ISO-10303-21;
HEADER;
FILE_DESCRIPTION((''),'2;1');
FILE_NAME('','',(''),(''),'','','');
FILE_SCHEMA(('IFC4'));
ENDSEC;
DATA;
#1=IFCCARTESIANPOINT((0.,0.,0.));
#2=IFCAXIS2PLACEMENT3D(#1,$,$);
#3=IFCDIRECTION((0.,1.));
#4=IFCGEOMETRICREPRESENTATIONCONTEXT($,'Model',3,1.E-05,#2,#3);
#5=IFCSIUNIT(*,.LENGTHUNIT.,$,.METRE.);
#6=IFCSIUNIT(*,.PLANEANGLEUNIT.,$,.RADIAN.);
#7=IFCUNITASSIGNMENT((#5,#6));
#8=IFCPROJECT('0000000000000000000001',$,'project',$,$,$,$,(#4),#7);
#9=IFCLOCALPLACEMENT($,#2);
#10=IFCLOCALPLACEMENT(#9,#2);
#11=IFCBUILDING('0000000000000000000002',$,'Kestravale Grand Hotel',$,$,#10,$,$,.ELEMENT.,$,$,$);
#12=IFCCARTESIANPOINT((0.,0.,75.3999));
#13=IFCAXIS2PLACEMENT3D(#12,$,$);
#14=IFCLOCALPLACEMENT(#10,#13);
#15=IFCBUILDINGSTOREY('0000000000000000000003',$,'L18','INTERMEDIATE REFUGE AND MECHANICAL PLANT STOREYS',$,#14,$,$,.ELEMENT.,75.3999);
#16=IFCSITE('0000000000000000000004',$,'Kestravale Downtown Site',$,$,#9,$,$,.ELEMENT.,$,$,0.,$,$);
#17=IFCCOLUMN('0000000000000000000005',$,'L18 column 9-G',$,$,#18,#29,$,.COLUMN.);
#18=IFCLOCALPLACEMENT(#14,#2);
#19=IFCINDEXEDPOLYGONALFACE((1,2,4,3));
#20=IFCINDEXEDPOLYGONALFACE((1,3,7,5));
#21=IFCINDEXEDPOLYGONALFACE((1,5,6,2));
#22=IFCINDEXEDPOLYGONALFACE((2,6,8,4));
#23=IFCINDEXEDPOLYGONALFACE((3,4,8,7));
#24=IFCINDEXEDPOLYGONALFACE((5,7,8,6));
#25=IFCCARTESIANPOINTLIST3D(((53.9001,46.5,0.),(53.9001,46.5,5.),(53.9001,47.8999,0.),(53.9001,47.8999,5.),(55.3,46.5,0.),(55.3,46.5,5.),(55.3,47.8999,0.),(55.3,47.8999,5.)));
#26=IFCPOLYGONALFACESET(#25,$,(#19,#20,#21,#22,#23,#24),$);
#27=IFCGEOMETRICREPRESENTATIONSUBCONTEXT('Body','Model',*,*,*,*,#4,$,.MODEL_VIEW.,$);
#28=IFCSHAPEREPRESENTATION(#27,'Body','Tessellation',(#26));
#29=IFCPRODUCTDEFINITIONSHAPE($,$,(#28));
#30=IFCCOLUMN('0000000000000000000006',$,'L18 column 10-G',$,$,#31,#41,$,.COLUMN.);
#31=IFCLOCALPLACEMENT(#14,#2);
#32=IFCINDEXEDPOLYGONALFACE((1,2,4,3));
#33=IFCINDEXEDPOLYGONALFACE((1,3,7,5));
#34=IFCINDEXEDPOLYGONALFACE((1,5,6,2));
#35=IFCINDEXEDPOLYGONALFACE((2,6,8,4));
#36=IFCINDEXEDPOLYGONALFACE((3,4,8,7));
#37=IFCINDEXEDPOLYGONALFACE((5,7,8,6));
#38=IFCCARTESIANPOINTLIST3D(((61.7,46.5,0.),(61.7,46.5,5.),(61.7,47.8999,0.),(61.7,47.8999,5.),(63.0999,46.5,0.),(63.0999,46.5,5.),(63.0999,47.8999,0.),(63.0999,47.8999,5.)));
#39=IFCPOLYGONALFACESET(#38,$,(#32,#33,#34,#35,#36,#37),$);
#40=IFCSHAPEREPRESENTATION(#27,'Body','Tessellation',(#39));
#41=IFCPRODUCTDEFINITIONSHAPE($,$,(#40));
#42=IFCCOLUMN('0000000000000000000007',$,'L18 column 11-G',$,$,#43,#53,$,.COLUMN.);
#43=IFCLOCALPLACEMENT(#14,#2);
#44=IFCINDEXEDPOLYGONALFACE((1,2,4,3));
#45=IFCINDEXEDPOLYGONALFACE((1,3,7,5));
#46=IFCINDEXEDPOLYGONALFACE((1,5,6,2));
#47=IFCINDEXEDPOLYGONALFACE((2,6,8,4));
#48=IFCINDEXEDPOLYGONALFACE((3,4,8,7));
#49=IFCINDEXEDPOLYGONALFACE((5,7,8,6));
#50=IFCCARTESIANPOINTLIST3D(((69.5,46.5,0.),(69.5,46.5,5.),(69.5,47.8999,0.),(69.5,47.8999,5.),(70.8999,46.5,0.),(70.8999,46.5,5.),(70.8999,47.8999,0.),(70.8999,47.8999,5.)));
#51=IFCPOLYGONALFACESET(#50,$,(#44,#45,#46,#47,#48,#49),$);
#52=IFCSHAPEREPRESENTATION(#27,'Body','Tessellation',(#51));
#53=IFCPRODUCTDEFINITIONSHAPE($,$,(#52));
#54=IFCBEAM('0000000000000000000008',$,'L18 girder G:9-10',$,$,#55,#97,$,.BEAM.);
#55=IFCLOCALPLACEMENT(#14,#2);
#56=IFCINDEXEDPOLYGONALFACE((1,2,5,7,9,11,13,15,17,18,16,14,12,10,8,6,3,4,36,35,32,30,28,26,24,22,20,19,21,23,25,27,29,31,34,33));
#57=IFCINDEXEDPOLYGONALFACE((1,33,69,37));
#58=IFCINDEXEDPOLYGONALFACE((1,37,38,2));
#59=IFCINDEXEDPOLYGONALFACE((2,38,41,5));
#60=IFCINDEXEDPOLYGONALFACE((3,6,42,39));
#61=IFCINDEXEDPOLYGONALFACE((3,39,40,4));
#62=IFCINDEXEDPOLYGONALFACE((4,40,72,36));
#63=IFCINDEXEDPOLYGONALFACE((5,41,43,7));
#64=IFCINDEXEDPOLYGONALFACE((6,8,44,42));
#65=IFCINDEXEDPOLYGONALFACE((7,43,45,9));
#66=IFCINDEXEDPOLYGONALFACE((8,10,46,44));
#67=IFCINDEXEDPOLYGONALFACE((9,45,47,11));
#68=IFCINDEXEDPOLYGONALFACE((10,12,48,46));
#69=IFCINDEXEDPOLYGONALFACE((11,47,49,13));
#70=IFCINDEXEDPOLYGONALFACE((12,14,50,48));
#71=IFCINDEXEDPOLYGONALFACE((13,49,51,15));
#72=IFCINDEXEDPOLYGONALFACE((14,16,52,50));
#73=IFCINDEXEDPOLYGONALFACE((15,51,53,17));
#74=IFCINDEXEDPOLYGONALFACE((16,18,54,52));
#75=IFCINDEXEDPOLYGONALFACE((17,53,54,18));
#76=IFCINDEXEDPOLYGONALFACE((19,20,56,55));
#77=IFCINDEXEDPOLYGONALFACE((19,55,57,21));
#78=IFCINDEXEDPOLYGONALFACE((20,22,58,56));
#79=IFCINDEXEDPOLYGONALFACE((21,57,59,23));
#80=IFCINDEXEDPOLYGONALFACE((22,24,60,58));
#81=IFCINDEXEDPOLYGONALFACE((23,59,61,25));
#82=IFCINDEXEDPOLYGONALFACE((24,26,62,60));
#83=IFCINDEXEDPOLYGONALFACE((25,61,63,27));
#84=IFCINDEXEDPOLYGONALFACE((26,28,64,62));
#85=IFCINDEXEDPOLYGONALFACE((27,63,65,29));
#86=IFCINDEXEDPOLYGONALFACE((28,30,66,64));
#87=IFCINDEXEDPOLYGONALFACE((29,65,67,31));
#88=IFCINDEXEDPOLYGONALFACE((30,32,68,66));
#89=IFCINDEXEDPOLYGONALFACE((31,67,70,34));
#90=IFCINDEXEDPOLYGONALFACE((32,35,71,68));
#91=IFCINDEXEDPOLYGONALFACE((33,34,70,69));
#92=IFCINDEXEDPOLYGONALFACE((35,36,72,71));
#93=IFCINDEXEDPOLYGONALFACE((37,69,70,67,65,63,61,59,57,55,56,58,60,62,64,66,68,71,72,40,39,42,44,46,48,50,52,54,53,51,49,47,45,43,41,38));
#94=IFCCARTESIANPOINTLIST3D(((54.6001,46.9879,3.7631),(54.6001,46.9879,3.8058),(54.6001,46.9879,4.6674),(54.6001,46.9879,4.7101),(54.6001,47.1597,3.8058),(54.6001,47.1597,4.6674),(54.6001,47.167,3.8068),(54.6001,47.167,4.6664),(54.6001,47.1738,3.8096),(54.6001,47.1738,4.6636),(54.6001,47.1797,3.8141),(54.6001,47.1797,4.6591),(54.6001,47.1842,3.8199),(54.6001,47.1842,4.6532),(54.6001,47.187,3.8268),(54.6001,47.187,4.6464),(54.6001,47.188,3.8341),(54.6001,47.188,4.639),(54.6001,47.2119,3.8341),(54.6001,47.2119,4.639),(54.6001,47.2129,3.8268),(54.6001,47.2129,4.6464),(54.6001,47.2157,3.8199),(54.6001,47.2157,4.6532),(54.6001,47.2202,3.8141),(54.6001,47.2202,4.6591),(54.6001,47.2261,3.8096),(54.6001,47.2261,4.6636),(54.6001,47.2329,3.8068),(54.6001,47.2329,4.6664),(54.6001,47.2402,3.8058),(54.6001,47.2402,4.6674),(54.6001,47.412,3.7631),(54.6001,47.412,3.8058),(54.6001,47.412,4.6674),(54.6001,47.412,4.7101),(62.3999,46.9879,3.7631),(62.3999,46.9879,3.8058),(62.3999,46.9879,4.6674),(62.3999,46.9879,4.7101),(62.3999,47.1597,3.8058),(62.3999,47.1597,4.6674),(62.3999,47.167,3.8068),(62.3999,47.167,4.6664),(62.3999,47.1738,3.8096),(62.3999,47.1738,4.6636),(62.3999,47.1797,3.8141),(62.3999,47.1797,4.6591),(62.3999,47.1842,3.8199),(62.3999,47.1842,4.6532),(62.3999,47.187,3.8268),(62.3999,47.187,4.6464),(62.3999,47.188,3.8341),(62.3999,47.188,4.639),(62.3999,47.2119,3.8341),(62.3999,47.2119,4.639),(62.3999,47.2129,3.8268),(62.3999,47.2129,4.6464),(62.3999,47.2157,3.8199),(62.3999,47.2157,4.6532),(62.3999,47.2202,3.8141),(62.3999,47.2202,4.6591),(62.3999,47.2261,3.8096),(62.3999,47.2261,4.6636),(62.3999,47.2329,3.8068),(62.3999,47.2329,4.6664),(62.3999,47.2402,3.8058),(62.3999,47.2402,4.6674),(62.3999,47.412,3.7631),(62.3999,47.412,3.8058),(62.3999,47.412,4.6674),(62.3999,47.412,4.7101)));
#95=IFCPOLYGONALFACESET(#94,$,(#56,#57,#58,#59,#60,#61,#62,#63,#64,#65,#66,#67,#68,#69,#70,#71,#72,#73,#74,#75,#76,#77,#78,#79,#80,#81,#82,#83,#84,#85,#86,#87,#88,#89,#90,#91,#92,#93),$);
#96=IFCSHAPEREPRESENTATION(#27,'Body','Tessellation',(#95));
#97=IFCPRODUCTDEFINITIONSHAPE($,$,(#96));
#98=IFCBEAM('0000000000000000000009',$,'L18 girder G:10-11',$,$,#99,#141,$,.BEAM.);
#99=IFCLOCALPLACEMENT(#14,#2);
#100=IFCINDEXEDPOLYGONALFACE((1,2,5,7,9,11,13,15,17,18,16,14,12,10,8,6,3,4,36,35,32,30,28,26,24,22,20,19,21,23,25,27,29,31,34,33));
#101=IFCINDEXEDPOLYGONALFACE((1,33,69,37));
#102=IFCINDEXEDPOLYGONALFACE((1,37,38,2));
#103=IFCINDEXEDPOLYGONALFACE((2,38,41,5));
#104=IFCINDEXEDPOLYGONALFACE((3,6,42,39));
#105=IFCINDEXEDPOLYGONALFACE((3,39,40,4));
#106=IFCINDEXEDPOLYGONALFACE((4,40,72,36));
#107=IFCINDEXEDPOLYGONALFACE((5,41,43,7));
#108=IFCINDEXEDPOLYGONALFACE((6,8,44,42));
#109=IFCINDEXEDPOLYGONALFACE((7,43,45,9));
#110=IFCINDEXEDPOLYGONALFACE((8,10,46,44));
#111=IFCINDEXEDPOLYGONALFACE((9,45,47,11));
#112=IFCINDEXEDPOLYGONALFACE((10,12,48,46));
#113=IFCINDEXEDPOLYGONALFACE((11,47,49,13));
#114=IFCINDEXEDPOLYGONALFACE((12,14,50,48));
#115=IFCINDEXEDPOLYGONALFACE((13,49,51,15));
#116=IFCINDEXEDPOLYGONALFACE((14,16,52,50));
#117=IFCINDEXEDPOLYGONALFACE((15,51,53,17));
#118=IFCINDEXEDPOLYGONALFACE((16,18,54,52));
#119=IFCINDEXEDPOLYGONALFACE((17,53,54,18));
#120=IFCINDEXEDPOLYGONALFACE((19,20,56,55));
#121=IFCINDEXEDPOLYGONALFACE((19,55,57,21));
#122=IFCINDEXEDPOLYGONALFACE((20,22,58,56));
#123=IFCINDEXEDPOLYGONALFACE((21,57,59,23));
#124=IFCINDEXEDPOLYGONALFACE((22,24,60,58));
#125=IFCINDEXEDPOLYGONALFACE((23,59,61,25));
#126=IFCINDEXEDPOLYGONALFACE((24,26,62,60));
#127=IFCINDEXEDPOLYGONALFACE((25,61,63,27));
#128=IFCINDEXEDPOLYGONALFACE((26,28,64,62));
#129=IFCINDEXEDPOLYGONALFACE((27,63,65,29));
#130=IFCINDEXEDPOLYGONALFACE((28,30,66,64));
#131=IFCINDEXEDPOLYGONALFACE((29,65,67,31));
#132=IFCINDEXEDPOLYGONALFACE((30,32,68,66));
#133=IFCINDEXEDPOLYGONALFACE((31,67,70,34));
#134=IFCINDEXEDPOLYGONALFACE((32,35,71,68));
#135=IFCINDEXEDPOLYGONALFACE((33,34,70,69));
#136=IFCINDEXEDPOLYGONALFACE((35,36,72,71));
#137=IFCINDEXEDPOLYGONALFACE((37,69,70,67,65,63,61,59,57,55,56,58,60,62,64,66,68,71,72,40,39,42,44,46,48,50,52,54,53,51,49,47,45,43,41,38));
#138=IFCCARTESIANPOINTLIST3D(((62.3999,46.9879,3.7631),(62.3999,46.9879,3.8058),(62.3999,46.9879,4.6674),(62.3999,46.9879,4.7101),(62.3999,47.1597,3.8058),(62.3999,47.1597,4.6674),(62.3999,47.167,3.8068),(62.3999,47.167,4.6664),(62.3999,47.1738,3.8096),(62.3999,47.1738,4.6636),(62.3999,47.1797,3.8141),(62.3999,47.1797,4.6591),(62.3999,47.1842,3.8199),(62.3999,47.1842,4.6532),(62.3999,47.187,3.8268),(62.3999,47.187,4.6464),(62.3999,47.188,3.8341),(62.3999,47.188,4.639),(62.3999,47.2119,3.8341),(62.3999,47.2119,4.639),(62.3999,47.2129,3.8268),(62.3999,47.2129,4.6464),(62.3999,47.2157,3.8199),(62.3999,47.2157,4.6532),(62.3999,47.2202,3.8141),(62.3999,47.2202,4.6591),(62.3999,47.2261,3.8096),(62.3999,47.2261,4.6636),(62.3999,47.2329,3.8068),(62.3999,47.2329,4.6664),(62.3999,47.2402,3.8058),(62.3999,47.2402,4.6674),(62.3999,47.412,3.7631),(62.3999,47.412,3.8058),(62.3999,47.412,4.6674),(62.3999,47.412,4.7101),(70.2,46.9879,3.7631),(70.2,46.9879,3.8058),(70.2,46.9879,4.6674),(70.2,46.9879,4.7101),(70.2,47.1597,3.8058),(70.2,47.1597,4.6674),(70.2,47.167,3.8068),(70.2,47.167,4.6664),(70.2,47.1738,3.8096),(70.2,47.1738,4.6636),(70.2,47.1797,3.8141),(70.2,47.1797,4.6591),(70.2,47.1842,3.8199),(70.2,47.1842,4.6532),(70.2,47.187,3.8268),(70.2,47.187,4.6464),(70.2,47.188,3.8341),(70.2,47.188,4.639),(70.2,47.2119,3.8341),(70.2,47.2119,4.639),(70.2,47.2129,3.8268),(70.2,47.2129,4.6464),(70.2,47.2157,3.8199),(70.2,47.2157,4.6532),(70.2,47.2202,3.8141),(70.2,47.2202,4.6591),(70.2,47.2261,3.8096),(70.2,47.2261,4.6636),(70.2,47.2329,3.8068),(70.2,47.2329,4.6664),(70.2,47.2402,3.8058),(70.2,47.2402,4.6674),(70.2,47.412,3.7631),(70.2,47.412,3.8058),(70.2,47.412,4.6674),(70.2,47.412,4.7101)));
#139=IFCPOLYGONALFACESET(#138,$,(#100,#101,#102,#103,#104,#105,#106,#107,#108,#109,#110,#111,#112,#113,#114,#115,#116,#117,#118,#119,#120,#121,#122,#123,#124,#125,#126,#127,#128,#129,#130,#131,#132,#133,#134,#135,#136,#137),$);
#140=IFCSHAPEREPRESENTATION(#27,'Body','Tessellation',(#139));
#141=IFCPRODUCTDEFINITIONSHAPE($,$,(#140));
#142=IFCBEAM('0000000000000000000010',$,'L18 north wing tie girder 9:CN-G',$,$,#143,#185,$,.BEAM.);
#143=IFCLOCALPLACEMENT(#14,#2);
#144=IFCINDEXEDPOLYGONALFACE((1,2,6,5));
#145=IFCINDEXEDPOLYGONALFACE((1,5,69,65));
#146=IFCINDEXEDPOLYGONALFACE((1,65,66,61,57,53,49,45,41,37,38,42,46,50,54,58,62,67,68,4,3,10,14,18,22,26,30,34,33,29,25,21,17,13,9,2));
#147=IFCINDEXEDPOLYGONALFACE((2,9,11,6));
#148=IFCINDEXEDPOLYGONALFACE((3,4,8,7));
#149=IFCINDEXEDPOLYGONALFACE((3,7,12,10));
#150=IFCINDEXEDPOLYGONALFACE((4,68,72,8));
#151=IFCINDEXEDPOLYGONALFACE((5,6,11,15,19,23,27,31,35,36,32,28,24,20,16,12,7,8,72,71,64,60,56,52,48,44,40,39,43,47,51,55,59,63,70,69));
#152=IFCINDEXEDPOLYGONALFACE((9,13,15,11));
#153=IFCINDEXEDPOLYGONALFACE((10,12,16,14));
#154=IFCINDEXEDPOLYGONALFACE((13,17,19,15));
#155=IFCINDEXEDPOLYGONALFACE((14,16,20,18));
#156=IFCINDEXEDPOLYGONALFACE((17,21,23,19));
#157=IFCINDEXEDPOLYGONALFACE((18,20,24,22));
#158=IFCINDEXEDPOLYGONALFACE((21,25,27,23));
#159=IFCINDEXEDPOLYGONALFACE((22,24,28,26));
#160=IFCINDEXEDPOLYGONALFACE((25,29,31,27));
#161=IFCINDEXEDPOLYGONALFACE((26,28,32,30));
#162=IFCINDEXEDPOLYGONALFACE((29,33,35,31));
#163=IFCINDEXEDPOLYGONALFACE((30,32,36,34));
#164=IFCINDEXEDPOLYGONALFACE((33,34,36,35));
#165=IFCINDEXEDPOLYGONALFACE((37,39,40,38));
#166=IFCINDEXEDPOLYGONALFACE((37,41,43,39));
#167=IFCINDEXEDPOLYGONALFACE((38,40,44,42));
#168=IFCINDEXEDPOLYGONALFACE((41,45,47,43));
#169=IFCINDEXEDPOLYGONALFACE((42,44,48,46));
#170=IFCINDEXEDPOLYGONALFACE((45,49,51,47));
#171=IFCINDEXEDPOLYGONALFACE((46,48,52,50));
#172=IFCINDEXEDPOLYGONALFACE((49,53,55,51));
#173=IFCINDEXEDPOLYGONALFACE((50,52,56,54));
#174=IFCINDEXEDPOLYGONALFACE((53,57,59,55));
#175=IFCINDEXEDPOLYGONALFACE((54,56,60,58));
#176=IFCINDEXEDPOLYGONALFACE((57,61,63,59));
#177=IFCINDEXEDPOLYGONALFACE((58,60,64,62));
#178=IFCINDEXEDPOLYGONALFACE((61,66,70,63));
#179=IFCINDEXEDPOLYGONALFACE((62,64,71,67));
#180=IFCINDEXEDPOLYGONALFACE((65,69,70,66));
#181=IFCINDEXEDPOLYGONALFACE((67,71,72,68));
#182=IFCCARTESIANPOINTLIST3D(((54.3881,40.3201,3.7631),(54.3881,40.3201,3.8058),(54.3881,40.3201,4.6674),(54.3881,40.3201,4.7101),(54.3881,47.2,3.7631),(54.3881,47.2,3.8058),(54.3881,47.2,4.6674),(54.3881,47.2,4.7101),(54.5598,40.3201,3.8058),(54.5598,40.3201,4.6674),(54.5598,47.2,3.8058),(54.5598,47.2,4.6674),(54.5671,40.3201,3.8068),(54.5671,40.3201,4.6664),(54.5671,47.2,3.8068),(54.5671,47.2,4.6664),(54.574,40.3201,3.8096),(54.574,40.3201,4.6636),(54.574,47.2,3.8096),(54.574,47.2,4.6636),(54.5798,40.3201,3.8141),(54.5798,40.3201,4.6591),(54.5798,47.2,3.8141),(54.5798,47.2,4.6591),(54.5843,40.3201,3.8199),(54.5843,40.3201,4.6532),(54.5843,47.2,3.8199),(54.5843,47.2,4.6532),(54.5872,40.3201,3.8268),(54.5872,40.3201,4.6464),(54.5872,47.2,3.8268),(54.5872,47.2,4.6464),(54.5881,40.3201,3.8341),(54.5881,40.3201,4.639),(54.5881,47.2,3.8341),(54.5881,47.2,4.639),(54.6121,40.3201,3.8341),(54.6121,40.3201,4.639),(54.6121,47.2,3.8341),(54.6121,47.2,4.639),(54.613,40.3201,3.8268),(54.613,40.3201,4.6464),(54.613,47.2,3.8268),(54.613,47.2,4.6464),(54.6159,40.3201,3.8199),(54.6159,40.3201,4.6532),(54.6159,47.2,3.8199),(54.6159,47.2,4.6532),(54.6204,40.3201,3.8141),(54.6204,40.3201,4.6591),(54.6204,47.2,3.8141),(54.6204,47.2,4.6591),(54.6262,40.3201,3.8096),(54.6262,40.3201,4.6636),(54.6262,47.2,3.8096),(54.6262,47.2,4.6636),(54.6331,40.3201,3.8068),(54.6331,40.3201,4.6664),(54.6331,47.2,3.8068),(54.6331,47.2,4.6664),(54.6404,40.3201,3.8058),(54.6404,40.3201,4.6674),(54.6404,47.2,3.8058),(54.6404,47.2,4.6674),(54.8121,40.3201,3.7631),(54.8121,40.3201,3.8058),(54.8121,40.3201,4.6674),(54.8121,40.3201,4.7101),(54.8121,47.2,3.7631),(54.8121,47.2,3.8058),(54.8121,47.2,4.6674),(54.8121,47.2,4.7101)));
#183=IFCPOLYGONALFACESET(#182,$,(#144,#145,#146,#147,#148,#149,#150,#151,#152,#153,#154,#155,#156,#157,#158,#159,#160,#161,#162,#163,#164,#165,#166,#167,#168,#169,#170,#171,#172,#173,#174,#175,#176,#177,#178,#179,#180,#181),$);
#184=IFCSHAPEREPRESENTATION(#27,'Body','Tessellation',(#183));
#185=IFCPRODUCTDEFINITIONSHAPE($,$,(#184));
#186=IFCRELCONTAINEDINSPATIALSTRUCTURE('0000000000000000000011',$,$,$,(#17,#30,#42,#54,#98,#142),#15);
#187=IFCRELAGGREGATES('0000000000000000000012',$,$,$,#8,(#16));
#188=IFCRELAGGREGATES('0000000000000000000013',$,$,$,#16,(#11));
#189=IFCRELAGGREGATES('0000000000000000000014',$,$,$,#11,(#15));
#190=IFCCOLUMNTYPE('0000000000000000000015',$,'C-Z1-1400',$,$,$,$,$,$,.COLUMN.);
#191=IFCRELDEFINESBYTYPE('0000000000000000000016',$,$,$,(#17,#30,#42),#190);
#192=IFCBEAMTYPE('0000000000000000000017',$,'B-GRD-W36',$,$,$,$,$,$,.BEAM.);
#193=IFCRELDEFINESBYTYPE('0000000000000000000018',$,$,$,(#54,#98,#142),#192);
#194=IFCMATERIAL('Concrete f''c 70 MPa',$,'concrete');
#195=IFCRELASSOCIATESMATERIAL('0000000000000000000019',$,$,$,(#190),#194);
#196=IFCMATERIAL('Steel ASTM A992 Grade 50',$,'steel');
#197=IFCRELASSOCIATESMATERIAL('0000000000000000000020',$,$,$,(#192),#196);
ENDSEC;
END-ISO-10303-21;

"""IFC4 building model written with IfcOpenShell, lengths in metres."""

from ifc_helpers import new_model, si_unit, direction, frame, origin, origin_2d, place, context, subcontext, project, spatial, rectangle, i_section, extrude, material, material_profile, profile_set, type_object, element, save


model = new_model("IFC4")

# Units and contexts
model_context = context("Model", 3, precision=1e-05, world=origin(), true_north=direction((0.0, 1.0)))
body_context = subcontext(model_context, "Body", "Model", "MODEL_VIEW")
ifc_project = project(units=[si_unit("LENGTHUNIT", "METRE"), si_unit("PLANEANGLEUNIT", "RADIAN")], contexts=[model_context])

# Site, building, storey
site_placement = place(None, origin())
site = spatial("IfcSite", under=ifc_project, at=site_placement, Name="Kestravale Downtown Site", CompositionType="ELEMENT", RefElevation=0.0)
building_placement = place(site_placement, origin())
building = spatial("IfcBuilding", under=site, at=building_placement, Name="Kestravale Grand Hotel", CompositionType="ELEMENT")
storey_placement = place(building_placement, frame((0.0, 0.0, 75.3999)))
storey = spatial("IfcBuildingStorey", under=building, at=storey_placement, Name="L18", Description="INTERMEDIATE REFUGE AND MECHANICAL PLANT STOREYS", CompositionType="ELEMENT", Elevation=75.3999)

# Columns
ifc_material_1 = material(Name="Concrete f'c 70 MPa", Category="concrete")
ifc_material_profile_1 = material_profile(ifc_material_1, rectangle(XDim=1.3999, YDim=1.3999, at=origin_2d()))
ifc_profile_set_1 = profile_set([ifc_material_profile_1], Name="Concrete f'c 70 MPa")
column_type = type_object("IfcColumnType", Name="C-Z1-1400", PredefinedType="COLUMN", material=ifc_profile_set_1)
for number, where, z_axis, x_axis, name in (
    (1, (54.6001, 47.2, 0.0), (0.0, 0.0, 1.0), (1.0, 0.0, 0.0), "L18 column 9-G"),
    (2, (62.3999, 47.2, 0.0), (0.0, 0.0, 1.0), (1.0, 0.0, 0.0), "L18 column 10-G"),
    (3, (70.2, 47.2, 0.0), (0.0, 0.0, 1.0), (1.0, 0.0, 0.0), "L18 column 11-G"),
):
    element("IfcColumn", number, at=place(storey_placement, frame(where, z_axis=z_axis, x_axis=x_axis)), inside=storey, type_object=column_type, Name=name, PredefinedType="COLUMN", context=body_context, shape_type="SweptSolid", body=[
        extrude(rectangle(XDim=1.3999, YDim=1.3999, at=origin_2d()), origin(), (0.0, 0.0, 1.0), 5.0),
    ])

# Beams
ifc_material_2 = material(Name="Steel ASTM A992 Grade 50", Category="steel")
ifc_material_profile_2 = material_profile(ifc_material_2, i_section(OverallWidth=0.4241, OverallDepth=0.947, WebThickness=0.0239, FlangeThickness=0.0427, FilletRadius=0.0283, at=origin_2d()))
ifc_profile_set_2 = profile_set([ifc_material_profile_2], Name="Steel ASTM A992 Grade 50")
beam_type = type_object("IfcBeamType", Name="B-GRD-W36", PredefinedType="BEAM", material=ifc_profile_set_2)
beam_1_placement = place(storey_placement, frame((54.6001, 47.2, 4.2366), z_axis=(1.0, 0.0, 0.0), x_axis=(0.0, 1.0, 0.0)))
element("IfcBeam", 4, at=beam_1_placement, inside=storey, type_object=beam_type, Name="L18 girder G:9-10", PredefinedType="BEAM", context=body_context, shape_type="SweptSolid", body=[
    extrude(i_section(OverallWidth=0.4241, OverallDepth=0.947, WebThickness=0.0239, FlangeThickness=0.0427, FilletRadius=0.0283, at=origin_2d()), origin(), (0.0, 0.0, 1.0), 7.7998),
])
beam_2_placement = place(storey_placement, frame((62.3999, 47.2, 4.2366), z_axis=(1.0, 0.0, 0.0), x_axis=(0.0, 1.0, 0.0)))
element("IfcBeam", 5, at=beam_2_placement, inside=storey, type_object=beam_type, Name="L18 girder G:10-11", PredefinedType="BEAM", context=body_context, shape_type="SweptSolid", body=[
    extrude(i_section(OverallWidth=0.4241, OverallDepth=0.947, WebThickness=0.0239, FlangeThickness=0.0427, FilletRadius=0.0283, at=origin_2d()), origin(), (0.0, 0.0, 1.0), 7.8),
])
beam_3_placement = place(storey_placement, frame((54.6001, 40.3201, 4.2366), z_axis=(0.0, 1.0, 0.0), x_axis=(-1.0, 0.0, 0.0)))
element("IfcBeam", 6, at=beam_3_placement, inside=storey, type_object=beam_type, Name="L18 north wing tie girder 9:CN-G", PredefinedType="BEAM", context=body_context, shape_type="SweptSolid", body=[
    extrude(i_section(OverallWidth=0.4241, OverallDepth=0.947, WebThickness=0.0239, FlangeThickness=0.0427, FilletRadius=0.0283, at=origin_2d()), origin(), (0.0, 0.0, 1.0), 6.8799),
])

save(model, "model.ifc")
